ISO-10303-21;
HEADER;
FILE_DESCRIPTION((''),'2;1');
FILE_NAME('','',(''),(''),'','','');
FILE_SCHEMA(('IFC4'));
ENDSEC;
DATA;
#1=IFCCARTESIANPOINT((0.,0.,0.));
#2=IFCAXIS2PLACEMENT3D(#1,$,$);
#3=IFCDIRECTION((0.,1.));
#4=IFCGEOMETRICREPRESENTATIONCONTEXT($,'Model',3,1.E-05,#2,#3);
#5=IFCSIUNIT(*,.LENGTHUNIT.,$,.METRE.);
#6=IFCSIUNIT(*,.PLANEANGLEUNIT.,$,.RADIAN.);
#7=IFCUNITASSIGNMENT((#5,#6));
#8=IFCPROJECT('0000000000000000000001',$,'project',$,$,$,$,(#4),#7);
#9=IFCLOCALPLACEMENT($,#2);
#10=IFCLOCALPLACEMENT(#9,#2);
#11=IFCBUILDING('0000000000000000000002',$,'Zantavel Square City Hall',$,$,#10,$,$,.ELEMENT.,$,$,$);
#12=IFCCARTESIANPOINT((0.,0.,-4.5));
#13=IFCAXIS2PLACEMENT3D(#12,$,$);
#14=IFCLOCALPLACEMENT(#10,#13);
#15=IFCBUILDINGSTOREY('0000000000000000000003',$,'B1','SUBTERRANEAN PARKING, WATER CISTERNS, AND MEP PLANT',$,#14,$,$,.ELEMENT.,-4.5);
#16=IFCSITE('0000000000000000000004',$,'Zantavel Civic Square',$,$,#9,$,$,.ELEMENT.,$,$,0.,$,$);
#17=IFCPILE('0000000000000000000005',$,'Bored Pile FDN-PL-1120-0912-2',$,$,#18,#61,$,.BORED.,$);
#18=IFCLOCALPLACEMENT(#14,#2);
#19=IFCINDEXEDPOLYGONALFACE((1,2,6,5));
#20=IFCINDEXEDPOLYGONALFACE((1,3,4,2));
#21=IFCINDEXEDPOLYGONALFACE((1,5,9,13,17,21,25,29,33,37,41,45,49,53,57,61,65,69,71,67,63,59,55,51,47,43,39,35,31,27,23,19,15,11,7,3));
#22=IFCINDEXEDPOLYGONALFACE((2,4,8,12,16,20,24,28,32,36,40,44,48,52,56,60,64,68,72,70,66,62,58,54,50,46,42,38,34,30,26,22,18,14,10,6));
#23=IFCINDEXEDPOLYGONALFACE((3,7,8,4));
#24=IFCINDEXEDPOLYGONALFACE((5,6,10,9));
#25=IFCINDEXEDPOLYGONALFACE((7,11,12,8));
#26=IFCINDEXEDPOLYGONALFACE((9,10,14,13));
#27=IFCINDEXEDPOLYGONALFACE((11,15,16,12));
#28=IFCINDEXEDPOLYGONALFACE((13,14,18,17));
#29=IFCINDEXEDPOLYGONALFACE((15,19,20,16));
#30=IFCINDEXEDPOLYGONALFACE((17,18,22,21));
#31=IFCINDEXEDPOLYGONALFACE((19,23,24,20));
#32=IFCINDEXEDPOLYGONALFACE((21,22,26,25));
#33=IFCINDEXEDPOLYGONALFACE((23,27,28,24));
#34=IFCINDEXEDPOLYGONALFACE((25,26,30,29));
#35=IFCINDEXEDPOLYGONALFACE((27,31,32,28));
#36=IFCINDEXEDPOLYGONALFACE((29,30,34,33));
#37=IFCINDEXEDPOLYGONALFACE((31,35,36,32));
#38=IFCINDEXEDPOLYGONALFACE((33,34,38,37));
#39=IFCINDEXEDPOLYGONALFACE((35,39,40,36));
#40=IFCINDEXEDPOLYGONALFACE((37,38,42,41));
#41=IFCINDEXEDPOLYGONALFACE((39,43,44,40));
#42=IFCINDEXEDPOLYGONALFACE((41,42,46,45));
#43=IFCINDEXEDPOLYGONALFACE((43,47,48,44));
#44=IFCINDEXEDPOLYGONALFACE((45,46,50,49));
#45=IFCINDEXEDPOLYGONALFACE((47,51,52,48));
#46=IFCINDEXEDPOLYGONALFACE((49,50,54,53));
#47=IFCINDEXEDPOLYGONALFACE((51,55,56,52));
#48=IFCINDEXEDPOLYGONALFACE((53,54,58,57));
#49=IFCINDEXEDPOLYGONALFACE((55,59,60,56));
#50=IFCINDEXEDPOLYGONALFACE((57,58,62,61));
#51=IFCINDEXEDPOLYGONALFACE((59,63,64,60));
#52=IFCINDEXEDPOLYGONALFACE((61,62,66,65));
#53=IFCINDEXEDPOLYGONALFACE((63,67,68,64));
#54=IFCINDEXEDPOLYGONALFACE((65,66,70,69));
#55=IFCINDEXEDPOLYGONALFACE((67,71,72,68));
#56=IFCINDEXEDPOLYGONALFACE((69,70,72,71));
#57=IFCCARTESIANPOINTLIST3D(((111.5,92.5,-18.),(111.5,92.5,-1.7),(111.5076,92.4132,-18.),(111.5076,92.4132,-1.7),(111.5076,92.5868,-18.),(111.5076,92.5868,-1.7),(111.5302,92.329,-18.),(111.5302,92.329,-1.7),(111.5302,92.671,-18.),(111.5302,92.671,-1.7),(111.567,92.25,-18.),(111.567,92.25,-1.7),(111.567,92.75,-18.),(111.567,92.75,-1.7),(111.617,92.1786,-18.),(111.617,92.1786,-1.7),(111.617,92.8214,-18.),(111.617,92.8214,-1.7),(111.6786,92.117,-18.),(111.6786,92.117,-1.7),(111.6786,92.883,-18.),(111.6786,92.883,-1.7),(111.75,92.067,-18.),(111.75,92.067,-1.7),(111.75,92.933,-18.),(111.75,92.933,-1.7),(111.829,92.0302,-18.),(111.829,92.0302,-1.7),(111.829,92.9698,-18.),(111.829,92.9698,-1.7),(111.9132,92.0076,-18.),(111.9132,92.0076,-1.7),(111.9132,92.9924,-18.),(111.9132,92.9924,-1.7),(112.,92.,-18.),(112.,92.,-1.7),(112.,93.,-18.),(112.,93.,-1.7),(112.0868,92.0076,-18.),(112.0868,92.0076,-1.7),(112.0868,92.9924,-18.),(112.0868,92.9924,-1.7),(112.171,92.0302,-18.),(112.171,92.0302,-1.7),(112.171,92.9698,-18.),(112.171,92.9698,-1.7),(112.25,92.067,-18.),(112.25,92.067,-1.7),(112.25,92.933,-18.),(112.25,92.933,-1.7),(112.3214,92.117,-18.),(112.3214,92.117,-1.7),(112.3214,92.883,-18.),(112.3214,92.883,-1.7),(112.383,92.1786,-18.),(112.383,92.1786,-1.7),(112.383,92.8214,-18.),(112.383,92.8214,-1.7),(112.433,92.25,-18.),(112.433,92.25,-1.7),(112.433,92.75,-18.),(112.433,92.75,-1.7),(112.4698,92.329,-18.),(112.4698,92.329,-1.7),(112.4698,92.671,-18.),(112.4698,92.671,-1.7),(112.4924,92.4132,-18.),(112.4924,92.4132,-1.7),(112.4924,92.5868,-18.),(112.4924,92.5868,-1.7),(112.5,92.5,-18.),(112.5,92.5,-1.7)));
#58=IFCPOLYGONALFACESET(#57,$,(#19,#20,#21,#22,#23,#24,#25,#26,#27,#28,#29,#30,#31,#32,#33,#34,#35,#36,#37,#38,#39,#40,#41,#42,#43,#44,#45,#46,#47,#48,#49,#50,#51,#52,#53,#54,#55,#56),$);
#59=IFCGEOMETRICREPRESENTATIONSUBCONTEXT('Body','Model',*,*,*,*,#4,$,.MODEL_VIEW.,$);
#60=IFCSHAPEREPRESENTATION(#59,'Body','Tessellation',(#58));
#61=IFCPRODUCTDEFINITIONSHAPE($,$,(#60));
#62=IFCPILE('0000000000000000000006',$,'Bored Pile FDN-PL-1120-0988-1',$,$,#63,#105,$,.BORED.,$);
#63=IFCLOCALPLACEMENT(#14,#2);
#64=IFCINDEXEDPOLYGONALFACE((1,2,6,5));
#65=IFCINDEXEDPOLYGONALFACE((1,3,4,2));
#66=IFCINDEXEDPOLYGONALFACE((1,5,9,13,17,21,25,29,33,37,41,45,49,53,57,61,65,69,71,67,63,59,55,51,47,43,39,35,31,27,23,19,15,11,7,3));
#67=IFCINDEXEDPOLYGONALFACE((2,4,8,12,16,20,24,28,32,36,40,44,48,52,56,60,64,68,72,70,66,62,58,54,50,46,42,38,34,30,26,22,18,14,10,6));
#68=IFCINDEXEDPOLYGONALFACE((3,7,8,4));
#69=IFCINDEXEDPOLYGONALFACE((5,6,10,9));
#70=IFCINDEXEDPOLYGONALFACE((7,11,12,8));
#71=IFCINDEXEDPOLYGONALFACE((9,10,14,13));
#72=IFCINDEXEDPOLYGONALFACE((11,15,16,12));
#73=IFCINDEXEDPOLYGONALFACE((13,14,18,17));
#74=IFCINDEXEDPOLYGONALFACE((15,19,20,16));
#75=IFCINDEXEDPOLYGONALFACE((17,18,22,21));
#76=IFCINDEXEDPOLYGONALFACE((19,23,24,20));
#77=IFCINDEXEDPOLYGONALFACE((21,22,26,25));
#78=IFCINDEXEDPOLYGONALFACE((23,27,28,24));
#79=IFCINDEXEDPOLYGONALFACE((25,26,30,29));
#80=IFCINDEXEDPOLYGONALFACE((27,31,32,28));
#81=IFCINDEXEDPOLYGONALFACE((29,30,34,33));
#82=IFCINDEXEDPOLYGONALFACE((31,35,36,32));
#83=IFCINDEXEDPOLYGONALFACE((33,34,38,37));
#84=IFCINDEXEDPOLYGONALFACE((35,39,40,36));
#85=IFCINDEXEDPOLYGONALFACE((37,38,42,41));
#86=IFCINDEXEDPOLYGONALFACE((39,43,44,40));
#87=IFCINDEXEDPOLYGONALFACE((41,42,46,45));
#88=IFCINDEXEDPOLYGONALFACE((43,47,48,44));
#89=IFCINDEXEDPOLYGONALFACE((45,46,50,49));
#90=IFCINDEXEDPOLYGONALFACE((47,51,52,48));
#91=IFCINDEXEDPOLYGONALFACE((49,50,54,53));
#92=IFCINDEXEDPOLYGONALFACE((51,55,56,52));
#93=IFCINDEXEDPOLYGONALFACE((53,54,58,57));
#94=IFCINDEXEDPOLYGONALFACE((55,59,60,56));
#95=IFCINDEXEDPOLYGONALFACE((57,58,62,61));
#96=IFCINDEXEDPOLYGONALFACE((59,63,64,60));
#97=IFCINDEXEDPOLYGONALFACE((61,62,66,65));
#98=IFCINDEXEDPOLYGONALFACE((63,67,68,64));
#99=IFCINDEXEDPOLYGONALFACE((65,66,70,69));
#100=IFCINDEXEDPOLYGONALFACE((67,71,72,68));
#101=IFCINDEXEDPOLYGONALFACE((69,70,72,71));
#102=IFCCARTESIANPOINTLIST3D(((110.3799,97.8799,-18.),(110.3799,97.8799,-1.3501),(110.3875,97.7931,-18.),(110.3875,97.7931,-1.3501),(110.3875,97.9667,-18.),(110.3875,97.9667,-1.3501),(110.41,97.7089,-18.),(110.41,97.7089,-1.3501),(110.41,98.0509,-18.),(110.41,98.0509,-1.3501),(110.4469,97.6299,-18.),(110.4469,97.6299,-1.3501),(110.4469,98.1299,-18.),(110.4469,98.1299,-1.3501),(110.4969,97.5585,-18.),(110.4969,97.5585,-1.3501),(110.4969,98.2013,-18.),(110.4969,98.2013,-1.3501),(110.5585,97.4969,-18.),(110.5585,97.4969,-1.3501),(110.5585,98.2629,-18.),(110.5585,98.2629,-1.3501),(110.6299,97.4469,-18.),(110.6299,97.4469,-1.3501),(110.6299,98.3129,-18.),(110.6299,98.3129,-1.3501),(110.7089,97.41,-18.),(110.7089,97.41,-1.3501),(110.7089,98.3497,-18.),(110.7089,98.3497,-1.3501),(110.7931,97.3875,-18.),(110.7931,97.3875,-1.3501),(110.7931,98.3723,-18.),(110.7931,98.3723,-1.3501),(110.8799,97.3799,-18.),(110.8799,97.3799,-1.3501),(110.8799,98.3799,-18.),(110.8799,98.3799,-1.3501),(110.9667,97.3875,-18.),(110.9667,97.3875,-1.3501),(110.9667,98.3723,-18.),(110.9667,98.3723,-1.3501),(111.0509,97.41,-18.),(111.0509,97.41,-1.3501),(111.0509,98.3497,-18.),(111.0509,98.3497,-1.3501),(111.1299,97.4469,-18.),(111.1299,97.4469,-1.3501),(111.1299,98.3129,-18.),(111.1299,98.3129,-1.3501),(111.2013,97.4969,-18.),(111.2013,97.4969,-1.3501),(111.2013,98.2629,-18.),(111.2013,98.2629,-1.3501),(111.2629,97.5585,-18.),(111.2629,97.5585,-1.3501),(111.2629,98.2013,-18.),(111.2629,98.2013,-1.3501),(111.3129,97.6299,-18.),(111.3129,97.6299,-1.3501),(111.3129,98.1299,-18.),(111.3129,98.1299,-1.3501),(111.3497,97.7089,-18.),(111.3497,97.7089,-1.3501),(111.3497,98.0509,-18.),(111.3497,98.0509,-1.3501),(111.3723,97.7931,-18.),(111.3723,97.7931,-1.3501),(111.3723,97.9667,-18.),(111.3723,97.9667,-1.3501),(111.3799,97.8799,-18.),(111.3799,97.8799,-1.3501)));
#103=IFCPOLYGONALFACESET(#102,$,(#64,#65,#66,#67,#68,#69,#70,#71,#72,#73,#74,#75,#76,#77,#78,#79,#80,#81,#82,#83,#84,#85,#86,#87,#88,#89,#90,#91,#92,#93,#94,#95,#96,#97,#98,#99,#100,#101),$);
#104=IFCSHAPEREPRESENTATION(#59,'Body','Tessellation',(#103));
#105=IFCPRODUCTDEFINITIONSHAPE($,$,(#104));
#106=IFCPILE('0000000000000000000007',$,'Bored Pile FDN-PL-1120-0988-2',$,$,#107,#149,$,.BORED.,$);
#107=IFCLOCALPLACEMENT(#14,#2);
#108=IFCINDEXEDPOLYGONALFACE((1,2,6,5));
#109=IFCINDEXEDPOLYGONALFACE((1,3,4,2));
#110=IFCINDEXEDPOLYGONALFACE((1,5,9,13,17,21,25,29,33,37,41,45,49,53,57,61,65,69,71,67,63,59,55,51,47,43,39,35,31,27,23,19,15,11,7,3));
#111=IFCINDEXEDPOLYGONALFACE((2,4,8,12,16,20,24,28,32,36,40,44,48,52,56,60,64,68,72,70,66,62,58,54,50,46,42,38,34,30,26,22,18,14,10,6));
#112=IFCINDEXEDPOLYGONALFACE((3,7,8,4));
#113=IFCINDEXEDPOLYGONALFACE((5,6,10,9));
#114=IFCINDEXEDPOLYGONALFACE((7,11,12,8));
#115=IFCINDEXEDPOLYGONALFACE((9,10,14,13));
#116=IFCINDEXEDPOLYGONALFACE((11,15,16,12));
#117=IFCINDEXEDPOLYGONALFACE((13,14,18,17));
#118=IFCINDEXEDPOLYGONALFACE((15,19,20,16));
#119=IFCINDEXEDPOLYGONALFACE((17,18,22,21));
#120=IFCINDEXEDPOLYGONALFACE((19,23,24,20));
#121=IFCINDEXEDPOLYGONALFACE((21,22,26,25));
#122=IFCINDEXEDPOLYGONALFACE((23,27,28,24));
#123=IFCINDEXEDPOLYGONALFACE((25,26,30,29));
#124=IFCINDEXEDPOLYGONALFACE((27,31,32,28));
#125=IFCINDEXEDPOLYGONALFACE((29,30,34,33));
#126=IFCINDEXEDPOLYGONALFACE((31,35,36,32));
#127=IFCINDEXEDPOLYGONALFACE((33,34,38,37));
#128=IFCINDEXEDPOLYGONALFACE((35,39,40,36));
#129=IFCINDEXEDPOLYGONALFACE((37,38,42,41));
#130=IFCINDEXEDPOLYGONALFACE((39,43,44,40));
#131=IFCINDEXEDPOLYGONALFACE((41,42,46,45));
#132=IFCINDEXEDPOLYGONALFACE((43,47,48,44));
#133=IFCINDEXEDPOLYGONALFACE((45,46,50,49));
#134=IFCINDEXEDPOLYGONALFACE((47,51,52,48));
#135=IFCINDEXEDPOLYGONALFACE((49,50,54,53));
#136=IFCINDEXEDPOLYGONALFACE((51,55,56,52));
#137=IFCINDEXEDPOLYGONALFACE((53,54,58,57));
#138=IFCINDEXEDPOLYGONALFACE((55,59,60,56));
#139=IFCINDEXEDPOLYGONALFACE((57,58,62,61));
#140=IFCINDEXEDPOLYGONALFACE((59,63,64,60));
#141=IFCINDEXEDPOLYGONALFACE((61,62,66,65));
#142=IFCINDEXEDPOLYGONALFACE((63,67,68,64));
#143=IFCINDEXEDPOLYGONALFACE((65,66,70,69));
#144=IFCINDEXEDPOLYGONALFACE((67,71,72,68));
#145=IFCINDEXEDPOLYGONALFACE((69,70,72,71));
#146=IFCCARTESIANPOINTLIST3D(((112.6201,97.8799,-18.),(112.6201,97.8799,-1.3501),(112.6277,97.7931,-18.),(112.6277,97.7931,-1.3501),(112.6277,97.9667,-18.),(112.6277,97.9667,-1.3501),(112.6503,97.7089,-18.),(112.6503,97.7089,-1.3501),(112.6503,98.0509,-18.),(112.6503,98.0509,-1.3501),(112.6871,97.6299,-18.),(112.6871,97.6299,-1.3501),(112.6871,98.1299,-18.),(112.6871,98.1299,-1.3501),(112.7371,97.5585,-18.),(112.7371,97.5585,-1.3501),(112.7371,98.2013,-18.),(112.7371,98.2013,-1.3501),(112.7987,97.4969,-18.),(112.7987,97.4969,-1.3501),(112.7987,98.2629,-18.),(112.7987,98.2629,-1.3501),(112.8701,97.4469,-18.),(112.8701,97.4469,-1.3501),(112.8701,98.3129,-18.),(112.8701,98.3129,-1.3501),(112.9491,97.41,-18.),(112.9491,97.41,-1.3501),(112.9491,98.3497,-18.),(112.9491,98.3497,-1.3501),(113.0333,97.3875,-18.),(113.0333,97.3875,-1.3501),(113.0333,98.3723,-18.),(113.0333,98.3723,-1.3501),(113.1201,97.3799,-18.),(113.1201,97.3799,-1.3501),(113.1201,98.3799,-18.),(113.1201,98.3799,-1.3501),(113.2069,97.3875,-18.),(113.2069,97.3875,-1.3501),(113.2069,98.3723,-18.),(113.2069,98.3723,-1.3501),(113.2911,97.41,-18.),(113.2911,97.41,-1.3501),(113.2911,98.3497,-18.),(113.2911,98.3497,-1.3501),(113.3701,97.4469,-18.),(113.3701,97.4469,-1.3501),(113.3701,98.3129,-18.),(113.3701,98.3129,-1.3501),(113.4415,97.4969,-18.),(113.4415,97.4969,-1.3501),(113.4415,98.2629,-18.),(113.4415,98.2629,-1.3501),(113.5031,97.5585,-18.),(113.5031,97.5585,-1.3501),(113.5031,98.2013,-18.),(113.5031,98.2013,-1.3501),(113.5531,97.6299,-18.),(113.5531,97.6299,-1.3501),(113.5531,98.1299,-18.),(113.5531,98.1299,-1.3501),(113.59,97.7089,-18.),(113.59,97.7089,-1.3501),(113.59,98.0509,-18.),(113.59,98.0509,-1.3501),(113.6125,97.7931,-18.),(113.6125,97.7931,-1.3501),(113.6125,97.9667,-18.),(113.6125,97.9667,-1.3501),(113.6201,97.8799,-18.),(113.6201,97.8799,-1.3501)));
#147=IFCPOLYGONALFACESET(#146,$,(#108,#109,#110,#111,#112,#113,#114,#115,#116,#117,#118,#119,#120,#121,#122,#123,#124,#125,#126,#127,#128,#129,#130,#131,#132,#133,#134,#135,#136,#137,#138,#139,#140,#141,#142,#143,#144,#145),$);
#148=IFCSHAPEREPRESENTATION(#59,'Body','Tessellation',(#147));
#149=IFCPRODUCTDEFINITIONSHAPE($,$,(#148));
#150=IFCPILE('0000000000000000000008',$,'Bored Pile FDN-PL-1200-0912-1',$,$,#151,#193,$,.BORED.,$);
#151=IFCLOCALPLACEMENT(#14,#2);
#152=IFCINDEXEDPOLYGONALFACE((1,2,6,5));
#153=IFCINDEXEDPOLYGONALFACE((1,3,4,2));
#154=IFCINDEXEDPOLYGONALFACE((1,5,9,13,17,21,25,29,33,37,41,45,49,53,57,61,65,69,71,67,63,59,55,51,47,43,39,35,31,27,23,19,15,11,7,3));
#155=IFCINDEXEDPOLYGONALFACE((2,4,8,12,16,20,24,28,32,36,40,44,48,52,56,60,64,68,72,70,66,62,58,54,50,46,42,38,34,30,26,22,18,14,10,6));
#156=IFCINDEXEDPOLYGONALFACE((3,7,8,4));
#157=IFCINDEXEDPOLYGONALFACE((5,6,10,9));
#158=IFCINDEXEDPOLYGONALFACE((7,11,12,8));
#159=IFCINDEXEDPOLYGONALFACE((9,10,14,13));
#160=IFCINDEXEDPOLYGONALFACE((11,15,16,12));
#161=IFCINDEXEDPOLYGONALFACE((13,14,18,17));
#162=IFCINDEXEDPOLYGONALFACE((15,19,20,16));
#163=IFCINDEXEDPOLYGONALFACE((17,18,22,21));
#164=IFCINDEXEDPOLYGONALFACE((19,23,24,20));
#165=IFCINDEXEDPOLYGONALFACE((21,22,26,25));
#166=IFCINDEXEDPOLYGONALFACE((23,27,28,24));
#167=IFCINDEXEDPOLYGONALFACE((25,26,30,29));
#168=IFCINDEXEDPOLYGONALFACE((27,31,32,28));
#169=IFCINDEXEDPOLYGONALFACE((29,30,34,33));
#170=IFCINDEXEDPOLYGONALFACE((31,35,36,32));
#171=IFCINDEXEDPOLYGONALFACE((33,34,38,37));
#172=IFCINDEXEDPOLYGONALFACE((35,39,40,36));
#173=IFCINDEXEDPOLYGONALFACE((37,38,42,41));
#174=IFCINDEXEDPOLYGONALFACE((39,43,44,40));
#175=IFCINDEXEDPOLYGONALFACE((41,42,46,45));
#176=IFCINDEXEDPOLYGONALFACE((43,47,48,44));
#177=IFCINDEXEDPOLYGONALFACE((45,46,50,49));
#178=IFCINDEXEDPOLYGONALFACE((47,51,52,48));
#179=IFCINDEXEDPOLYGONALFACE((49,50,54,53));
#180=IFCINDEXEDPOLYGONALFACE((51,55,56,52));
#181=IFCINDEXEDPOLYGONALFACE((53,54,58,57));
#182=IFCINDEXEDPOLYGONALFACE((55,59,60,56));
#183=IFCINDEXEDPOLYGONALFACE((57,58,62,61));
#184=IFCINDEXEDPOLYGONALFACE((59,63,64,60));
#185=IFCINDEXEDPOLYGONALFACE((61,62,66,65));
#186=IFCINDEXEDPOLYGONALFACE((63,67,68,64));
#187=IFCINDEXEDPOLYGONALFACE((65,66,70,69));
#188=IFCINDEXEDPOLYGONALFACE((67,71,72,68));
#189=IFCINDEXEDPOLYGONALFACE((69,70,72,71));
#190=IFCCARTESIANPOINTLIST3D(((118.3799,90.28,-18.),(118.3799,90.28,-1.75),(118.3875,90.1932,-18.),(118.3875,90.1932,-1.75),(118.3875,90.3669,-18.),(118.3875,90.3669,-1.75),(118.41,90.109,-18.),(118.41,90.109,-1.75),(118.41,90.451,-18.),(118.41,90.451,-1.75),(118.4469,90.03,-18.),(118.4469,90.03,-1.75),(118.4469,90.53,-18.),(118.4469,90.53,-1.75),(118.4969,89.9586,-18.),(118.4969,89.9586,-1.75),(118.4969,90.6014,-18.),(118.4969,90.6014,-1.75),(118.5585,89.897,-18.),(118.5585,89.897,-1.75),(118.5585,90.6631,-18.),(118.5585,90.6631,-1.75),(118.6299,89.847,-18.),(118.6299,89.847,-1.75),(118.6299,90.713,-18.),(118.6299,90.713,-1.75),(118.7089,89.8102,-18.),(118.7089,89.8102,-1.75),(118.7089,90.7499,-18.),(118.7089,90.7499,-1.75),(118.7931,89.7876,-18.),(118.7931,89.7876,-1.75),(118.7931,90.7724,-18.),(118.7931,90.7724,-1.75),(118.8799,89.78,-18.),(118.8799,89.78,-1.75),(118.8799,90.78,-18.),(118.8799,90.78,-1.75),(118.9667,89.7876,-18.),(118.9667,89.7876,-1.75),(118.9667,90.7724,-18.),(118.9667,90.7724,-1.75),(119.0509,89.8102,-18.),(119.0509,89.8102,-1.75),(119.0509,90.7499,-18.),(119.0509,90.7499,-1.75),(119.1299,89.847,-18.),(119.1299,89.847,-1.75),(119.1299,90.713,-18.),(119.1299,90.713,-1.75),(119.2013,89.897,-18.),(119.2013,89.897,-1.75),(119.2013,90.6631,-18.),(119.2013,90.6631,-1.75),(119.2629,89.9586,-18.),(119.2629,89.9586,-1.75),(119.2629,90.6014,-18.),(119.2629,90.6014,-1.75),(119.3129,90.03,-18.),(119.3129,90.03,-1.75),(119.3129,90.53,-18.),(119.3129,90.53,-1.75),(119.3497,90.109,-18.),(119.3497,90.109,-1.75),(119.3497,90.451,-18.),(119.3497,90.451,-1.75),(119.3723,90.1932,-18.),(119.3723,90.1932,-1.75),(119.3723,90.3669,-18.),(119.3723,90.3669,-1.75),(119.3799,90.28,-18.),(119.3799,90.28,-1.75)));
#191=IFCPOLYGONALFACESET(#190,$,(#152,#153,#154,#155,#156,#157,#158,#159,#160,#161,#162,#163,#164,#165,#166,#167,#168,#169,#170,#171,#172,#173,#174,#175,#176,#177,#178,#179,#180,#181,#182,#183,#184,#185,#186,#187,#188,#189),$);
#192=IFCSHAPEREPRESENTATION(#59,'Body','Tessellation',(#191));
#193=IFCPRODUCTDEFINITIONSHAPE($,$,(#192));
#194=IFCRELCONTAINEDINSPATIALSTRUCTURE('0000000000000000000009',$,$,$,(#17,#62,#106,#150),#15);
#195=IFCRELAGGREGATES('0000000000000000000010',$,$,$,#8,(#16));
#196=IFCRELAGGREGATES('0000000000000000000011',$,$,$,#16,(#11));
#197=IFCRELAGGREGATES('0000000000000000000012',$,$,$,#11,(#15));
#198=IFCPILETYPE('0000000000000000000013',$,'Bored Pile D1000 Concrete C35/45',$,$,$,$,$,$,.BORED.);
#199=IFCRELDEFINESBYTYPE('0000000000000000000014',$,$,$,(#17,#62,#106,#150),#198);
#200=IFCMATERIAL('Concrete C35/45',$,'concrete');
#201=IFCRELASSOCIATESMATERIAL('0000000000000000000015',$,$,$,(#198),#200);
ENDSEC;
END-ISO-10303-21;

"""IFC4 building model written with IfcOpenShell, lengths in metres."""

from ifc_helpers import new_model, si_unit, direction, frame, origin, origin_2d, place, context, subcontext, project, spatial, circle, extrude, material, material_profile, profile_set, type_object, element, save


model = new_model("IFC4")

# Units and contexts
model_context = context("Model", 3, precision=1e-05, world=origin(), true_north=direction((0.0, 1.0)))
body_context = subcontext(model_context, "Body", "Model", "MODEL_VIEW")
ifc_project = project(units=[si_unit("LENGTHUNIT", "METRE"), si_unit("PLANEANGLEUNIT", "RADIAN")], contexts=[model_context])

# Site, building, storey
site_placement = place(None, origin())
site = spatial("IfcSite", under=ifc_project, at=site_placement, Name="Zantavel Civic Square", CompositionType="ELEMENT", RefElevation=0.0)
building_placement = place(site_placement, origin())
building = spatial("IfcBuilding", under=site, at=building_placement, Name="Zantavel Square City Hall", CompositionType="ELEMENT")
storey_placement = place(building_placement, frame((0.0, 0.0, -4.5)))
storey = spatial("IfcBuildingStorey", under=building, at=storey_placement, Name="B1", Description="SUBTERRANEAN PARKING, WATER CISTERNS, AND MEP PLANT", CompositionType="ELEMENT", Elevation=-4.5)

# Piles
ifc_material_1 = material(Name="Concrete C35/45", Category="concrete")
ifc_material_profile_1 = material_profile(ifc_material_1, circle(Radius=0.5, at=origin_2d()), Name="PILE D1000")
ifc_profile_set_1 = profile_set([ifc_material_profile_1], Name="Concrete C35/45")
pile_type = type_object("IfcPileType", Name="Bored Pile D1000 Concrete C35/45", PredefinedType="BORED", material=ifc_profile_set_1)
pile_1_placement = place(storey_placement, frame((112.0, 92.5, -1.7), z_axis=(0.0, 0.0, -1.0), x_axis=(1.0, 0.0, 0.0)))
element("IfcPile", 1, at=pile_1_placement, inside=storey, type_object=pile_type, Name="Bored Pile FDN-PL-1120-0912-2", PredefinedType="BORED", context=body_context, shape_type="SweptSolid", body=[
    extrude(circle(Radius=0.5, at=origin_2d()), origin(), (0.0, 0.0, 1.0), 16.3),
])
for number, where, z_axis, x_axis, name in (
    (2, (110.8799, 97.8799, -1.3501), (0.0, 0.0, -1.0), (1.0, 0.0, 0.0), "Bored Pile FDN-PL-1120-0988-1"),
    (3, (113.1201, 97.8799, -1.3501), (0.0, 0.0, -1.0), (1.0, 0.0, 0.0), "Bored Pile FDN-PL-1120-0988-2"),
):
    element("IfcPile", number, at=place(storey_placement, frame(where, z_axis=z_axis, x_axis=x_axis)), inside=storey, type_object=pile_type, Name=name, PredefinedType="BORED", context=body_context, shape_type="SweptSolid", body=[
        extrude(circle(Radius=0.5, at=origin_2d()), origin(), (0.0, 0.0, 1.0), 16.6499),
    ])
pile_2_placement = place(storey_placement, frame((118.8799, 90.28, -1.75), z_axis=(0.0, 0.0, -1.0), x_axis=(1.0, 0.0, 0.0)))
element("IfcPile", 4, at=pile_2_placement, inside=storey, type_object=pile_type, Name="Bored Pile FDN-PL-1200-0912-1", PredefinedType="BORED", context=body_context, shape_type="SweptSolid", body=[
    extrude(circle(Radius=0.5, at=origin_2d()), origin(), (0.0, 0.0, 1.0), 16.25),
])

save(model, "model.ifc")
